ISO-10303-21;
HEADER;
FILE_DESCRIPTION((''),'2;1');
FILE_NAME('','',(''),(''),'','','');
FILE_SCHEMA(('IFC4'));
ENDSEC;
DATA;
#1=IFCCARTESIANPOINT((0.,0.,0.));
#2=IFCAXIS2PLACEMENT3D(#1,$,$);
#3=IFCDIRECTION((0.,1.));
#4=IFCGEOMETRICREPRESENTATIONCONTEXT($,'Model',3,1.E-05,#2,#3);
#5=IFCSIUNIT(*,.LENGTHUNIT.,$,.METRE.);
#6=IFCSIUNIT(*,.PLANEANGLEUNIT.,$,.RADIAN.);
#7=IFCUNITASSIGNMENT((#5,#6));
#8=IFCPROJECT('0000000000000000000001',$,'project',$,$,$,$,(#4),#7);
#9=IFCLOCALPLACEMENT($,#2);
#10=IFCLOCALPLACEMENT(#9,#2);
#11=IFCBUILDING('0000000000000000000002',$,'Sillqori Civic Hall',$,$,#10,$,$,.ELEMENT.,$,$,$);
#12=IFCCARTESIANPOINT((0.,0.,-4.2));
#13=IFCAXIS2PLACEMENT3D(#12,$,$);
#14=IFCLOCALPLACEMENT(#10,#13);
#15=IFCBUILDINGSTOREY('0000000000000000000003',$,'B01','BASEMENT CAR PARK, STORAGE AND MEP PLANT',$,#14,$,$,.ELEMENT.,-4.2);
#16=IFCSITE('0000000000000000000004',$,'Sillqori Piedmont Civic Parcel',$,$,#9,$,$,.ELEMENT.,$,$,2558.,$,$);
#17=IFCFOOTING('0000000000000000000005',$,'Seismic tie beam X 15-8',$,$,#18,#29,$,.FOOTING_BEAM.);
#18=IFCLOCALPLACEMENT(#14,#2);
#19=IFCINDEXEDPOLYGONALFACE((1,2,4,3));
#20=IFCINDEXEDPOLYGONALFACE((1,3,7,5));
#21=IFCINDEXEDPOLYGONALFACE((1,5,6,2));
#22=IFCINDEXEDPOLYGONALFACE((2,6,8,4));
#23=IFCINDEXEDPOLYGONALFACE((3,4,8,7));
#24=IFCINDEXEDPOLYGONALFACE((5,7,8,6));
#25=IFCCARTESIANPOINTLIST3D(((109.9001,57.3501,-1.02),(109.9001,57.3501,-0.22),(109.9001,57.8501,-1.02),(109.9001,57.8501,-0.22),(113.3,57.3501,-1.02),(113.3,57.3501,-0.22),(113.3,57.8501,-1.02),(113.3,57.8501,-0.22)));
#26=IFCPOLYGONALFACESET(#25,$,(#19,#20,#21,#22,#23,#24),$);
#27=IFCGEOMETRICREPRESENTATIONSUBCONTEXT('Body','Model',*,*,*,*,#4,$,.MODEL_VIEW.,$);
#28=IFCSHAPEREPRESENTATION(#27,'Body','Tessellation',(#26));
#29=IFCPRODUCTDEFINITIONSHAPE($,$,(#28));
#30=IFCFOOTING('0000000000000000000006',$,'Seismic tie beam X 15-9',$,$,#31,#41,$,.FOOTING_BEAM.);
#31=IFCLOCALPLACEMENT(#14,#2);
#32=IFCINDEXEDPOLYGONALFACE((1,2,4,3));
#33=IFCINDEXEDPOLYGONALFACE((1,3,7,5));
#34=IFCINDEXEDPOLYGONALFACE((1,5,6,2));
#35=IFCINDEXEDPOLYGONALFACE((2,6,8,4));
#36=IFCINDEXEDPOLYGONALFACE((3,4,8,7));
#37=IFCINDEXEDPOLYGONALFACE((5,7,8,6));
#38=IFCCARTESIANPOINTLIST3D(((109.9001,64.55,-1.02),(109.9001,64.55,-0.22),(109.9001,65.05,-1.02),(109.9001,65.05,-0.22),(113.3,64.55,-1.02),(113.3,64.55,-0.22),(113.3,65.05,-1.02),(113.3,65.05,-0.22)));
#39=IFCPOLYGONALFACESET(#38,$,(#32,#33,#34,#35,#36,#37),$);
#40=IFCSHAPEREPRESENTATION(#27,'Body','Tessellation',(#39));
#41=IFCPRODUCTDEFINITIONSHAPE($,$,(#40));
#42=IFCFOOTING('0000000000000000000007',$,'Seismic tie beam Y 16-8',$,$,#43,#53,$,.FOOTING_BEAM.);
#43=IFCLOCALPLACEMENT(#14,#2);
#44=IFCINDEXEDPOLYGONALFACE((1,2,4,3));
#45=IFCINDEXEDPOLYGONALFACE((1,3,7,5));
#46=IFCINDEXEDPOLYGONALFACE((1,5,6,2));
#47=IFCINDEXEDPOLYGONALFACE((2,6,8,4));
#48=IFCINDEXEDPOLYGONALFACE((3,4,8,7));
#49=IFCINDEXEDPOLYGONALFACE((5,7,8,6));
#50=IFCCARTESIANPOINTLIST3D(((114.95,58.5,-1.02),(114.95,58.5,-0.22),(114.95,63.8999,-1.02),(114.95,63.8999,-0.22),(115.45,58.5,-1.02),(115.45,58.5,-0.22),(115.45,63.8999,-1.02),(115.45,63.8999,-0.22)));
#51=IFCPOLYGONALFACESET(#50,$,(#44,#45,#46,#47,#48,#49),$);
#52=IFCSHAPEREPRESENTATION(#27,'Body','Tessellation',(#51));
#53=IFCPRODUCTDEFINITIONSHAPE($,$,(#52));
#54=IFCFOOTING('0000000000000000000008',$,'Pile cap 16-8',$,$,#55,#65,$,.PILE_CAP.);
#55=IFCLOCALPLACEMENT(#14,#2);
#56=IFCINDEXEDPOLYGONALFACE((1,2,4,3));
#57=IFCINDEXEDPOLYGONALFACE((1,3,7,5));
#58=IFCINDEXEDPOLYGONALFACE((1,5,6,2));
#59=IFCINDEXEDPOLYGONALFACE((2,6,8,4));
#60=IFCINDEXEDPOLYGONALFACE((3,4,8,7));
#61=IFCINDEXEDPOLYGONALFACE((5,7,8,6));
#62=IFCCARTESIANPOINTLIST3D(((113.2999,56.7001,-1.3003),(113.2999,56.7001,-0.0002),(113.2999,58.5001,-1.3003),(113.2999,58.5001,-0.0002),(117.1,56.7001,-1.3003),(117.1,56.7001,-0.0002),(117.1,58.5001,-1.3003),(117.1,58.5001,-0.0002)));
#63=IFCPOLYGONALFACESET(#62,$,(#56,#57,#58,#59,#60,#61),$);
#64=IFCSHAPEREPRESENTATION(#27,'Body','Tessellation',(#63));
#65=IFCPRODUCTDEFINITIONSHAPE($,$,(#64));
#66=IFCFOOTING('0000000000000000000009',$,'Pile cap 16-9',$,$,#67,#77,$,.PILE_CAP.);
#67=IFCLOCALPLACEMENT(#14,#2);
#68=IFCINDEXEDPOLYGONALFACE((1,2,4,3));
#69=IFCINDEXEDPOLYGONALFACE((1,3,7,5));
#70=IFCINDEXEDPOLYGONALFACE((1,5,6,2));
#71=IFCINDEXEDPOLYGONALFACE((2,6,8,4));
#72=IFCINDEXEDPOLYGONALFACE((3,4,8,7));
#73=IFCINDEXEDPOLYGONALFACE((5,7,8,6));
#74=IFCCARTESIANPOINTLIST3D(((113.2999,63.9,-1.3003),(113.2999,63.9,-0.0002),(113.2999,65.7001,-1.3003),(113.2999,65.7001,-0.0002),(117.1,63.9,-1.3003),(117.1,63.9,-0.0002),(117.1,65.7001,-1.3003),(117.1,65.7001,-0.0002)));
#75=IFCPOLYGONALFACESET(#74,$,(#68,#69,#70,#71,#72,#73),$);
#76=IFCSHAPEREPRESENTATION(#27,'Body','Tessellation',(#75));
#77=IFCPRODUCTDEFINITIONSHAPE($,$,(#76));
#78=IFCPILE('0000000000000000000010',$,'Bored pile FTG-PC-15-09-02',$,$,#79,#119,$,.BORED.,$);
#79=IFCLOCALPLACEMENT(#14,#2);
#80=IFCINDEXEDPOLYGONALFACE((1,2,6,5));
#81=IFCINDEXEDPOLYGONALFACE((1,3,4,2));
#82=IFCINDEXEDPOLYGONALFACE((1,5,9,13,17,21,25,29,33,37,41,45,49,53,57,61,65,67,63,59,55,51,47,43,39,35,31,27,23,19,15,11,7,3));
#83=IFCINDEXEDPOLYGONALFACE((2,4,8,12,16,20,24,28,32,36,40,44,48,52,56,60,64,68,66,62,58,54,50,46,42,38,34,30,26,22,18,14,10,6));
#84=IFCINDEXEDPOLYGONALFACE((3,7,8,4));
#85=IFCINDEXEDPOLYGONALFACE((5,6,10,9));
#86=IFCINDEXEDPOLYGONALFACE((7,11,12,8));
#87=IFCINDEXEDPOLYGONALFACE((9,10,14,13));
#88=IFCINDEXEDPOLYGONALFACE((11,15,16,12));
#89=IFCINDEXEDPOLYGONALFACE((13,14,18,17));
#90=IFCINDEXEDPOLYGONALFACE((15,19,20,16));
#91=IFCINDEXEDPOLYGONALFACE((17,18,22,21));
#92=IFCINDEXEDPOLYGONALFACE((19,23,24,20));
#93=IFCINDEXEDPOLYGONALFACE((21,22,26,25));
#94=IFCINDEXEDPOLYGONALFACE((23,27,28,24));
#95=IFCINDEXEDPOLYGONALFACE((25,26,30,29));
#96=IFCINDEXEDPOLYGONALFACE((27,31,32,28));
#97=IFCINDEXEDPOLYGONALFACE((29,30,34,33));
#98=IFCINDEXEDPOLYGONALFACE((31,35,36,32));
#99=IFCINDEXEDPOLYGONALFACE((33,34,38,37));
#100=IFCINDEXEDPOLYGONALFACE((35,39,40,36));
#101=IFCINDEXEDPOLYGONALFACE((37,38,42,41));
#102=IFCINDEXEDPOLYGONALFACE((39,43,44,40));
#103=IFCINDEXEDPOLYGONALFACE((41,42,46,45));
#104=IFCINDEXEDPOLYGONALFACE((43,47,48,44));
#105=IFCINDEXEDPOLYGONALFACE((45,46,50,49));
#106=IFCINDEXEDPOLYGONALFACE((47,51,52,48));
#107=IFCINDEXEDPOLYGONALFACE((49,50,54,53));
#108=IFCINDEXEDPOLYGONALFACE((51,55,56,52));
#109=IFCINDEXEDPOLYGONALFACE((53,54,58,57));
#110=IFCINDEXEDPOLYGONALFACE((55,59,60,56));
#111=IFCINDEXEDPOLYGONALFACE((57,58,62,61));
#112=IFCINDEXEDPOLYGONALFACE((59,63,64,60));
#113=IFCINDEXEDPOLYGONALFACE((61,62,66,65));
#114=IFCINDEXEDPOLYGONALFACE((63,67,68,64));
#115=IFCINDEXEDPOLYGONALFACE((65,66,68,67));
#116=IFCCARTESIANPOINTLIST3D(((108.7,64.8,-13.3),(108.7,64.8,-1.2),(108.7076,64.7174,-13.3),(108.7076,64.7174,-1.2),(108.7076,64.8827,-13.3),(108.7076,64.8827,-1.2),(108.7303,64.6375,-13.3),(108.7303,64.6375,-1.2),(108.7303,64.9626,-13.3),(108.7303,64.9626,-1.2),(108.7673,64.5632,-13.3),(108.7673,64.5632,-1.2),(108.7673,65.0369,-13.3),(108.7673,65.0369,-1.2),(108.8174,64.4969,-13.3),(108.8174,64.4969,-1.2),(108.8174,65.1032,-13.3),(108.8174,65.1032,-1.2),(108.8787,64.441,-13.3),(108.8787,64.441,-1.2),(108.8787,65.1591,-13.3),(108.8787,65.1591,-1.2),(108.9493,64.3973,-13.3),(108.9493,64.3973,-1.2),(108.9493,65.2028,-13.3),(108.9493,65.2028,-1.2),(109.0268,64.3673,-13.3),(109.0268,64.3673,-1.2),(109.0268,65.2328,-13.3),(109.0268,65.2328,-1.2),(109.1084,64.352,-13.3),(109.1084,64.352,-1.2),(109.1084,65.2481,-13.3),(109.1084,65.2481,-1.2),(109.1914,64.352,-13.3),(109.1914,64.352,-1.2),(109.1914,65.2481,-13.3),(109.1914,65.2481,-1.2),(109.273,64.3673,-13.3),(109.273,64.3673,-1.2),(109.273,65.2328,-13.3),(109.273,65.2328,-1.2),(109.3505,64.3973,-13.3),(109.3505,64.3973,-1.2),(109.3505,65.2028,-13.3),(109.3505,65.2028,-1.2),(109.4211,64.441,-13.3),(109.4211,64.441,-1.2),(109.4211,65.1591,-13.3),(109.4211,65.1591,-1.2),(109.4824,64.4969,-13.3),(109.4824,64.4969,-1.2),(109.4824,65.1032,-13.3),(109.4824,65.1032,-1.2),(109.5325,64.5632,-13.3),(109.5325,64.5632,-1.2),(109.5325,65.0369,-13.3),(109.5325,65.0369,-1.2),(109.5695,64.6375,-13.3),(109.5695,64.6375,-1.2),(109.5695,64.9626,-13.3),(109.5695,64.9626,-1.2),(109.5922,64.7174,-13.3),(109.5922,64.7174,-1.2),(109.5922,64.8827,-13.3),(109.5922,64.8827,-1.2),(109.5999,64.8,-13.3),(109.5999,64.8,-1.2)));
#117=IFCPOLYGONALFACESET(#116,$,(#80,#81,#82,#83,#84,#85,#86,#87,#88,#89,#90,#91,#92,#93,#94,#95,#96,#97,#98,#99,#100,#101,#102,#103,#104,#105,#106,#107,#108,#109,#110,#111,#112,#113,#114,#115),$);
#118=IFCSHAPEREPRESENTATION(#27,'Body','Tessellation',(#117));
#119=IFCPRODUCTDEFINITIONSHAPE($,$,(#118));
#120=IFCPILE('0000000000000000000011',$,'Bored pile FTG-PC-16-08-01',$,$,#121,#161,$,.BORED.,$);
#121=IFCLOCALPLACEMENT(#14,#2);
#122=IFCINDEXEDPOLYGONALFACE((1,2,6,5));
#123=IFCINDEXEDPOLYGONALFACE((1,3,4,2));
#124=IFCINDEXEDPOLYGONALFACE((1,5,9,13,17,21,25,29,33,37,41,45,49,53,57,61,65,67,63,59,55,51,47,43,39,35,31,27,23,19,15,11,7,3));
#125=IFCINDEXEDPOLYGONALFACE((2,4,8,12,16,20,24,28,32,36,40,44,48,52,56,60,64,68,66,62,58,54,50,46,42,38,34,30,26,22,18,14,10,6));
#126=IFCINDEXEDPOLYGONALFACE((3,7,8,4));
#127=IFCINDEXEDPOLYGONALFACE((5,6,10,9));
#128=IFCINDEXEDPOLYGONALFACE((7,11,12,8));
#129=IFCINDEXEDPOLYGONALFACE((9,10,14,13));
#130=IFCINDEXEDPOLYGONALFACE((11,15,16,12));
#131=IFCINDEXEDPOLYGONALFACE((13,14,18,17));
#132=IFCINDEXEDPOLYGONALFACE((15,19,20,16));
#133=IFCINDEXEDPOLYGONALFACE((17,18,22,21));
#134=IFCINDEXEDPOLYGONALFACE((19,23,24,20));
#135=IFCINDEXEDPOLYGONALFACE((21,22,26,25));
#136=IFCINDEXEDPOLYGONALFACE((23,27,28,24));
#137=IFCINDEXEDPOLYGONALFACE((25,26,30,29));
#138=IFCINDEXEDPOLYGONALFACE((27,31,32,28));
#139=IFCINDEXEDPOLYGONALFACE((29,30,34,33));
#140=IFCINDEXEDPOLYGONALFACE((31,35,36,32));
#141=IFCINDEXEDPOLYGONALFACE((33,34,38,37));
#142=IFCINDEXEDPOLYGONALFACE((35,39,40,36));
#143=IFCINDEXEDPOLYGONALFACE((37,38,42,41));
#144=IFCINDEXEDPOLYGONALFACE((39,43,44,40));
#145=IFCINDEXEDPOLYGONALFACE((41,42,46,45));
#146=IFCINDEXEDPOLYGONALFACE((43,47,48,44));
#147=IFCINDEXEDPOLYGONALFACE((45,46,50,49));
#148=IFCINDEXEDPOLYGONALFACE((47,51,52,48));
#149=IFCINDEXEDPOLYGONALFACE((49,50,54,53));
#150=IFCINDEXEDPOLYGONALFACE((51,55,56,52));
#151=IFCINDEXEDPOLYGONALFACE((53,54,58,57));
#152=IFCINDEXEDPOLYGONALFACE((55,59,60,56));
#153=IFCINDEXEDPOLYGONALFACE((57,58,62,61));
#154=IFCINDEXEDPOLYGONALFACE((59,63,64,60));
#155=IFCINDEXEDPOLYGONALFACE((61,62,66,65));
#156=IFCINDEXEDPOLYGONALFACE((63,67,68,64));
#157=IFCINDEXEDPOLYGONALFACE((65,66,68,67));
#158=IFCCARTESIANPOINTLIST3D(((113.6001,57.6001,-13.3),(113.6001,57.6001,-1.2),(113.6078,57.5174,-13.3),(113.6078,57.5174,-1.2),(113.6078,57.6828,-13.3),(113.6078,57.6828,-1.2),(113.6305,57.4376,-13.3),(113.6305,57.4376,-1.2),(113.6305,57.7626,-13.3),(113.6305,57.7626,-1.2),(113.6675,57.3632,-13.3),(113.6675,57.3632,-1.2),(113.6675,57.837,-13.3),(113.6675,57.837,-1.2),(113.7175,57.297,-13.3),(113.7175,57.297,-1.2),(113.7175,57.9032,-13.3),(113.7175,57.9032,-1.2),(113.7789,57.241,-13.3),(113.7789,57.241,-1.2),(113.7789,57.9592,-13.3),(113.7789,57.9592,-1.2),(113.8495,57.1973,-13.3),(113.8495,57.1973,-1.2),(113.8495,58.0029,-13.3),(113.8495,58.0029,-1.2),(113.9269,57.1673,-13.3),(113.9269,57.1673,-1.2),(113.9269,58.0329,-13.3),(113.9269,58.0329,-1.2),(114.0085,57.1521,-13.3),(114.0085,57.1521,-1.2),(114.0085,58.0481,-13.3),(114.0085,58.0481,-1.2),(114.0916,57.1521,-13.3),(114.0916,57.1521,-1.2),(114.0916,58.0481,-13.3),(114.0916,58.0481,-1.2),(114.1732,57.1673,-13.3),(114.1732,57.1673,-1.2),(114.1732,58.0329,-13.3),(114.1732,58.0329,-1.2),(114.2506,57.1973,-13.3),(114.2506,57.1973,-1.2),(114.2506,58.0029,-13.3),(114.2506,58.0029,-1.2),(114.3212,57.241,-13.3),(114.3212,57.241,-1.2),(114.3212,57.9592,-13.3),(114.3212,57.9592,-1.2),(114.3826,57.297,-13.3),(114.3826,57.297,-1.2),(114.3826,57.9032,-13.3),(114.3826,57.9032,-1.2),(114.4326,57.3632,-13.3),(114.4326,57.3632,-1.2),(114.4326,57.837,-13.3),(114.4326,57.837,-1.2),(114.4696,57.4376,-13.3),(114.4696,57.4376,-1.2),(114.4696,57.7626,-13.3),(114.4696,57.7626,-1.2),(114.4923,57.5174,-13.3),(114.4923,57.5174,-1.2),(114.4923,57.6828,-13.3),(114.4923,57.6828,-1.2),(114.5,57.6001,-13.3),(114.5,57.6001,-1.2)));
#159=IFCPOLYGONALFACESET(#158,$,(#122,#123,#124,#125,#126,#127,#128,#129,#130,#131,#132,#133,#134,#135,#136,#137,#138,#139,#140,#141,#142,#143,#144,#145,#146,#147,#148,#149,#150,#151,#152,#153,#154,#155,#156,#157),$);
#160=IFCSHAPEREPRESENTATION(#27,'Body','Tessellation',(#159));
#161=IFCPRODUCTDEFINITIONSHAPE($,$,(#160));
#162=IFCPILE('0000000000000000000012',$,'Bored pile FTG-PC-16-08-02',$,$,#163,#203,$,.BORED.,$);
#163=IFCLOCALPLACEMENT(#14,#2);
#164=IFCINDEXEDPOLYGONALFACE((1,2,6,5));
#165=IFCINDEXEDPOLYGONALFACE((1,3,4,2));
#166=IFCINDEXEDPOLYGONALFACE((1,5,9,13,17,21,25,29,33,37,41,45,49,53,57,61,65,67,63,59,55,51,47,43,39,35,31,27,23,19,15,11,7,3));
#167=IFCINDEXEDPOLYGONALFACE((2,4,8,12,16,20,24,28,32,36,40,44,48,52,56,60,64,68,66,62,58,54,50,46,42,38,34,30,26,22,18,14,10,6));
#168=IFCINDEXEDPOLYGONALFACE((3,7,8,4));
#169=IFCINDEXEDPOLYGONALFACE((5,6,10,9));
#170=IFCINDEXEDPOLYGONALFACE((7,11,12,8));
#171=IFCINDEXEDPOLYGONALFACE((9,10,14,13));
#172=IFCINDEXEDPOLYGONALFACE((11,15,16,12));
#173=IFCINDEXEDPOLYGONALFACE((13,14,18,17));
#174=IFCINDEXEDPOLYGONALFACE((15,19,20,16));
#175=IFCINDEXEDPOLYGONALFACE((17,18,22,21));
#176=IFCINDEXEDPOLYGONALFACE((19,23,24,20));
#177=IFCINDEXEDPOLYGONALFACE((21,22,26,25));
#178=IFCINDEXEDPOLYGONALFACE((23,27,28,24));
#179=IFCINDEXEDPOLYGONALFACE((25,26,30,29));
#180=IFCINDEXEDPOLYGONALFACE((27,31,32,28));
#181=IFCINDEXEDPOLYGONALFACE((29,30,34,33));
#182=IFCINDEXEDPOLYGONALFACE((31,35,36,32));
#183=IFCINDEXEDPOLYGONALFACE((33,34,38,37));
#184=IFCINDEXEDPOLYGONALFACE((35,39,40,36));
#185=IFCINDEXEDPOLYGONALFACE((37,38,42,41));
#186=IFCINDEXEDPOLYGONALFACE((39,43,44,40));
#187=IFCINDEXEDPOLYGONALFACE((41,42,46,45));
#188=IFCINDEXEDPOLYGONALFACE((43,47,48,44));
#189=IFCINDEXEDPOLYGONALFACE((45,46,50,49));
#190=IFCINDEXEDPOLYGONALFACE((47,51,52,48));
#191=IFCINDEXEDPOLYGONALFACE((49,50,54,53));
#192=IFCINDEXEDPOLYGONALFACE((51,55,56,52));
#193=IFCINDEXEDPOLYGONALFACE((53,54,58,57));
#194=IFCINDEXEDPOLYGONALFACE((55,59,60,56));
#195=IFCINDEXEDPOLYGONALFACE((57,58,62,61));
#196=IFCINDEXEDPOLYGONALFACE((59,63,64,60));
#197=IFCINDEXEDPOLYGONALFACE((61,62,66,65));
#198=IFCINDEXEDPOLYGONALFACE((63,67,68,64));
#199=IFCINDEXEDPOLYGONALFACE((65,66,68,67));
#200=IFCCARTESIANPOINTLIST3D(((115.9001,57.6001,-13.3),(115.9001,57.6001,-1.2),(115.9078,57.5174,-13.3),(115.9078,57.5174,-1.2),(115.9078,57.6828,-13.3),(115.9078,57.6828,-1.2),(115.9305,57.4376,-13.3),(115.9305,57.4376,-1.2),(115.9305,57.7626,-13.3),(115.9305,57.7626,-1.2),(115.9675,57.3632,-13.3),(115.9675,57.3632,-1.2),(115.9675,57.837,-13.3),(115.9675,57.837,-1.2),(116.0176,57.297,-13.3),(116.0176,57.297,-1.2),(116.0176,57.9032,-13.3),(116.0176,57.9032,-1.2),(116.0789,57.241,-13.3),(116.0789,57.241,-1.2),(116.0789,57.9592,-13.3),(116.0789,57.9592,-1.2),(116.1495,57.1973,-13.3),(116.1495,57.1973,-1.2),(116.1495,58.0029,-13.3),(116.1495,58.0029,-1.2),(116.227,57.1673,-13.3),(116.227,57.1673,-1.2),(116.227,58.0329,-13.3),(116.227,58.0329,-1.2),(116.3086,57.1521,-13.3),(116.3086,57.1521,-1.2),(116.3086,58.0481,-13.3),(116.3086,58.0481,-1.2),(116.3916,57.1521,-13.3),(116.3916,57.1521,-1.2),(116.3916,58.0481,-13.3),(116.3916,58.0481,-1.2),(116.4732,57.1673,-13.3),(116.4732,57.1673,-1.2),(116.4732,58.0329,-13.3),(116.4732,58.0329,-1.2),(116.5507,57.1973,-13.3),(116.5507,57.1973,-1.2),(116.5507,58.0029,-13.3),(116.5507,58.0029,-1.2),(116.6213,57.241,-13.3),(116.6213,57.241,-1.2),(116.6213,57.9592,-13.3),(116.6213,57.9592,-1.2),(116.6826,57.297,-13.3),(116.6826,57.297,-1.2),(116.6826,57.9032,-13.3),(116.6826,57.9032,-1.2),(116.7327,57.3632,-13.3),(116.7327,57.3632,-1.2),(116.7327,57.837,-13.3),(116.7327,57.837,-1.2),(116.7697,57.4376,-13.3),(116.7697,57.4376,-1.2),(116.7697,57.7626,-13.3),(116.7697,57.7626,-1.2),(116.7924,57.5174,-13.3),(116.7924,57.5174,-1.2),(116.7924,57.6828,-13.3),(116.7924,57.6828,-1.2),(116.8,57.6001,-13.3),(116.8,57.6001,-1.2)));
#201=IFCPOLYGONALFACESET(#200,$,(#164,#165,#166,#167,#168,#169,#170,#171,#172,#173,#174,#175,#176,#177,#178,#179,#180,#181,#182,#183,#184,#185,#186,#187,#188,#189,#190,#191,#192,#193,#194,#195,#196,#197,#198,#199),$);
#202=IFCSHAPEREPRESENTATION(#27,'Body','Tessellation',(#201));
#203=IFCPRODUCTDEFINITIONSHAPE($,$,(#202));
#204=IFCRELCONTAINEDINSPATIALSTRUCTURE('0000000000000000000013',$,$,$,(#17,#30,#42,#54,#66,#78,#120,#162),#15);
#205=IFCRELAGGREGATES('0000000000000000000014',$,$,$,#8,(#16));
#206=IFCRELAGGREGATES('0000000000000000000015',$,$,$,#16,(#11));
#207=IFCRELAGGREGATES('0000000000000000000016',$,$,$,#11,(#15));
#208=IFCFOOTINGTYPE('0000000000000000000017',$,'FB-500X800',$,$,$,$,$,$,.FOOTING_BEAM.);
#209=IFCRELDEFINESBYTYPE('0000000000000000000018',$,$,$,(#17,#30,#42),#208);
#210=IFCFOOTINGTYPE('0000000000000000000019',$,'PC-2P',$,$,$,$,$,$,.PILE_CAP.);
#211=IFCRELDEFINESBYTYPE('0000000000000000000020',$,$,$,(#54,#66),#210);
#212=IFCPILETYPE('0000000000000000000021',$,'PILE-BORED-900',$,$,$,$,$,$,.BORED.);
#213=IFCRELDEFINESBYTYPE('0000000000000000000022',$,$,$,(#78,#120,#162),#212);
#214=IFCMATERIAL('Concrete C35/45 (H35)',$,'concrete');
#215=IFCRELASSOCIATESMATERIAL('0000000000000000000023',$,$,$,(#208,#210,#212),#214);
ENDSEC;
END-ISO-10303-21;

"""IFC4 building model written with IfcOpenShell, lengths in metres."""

from ifc_helpers import new_model, si_unit, direction, frame, origin, origin_2d, place, context, subcontext, project, spatial, rectangle, circle, extrude, material, material_profile, profile_set, type_object, element, save


model = new_model("IFC4")

# Units and contexts
model_context = context("Model", 3, precision=1e-05, world=origin(), true_north=direction((0.0, 1.0)))
body_context = subcontext(model_context, "Body", "Model", "MODEL_VIEW")
ifc_project = project(units=[si_unit("LENGTHUNIT", "METRE"), si_unit("PLANEANGLEUNIT", "RADIAN")], contexts=[model_context])

# Site, building, storey
site_placement = place(None, origin())
site = spatial("IfcSite", under=ifc_project, at=site_placement, Name="Sillqori Piedmont Civic Parcel", CompositionType="ELEMENT", RefElevation=2558.0)
building_placement = place(site_placement, origin())
building = spatial("IfcBuilding", under=site, at=building_placement, Name="Sillqori Civic Hall", CompositionType="ELEMENT")
storey_placement = place(building_placement, frame((0.0, 0.0, -4.2)))
storey = spatial("IfcBuildingStorey", under=building, at=storey_placement, Name="B01", Description="BASEMENT CAR PARK, STORAGE AND MEP PLANT", CompositionType="ELEMENT", Elevation=-4.2)

# Footings
ifc_material_1 = material(Name="Concrete C35/45 (H35)", Category="concrete")
footing_type_1 = type_object("IfcFootingType", Name="FB-500X800", PredefinedType="FOOTING_BEAM", material=ifc_material_1)
for number, where, z_axis, x_axis, name in (
    (1, (111.6001, 57.6001, -1.02), (0.0, 0.0, 1.0), (1.0, 0.0, 0.0), "Seismic tie beam X 15-8"),
    (2, (111.6001, 64.8, -1.02), (0.0, 0.0, 1.0), (1.0, 0.0, 0.0), "Seismic tie beam X 15-9"),
):
    element("IfcFooting", number, at=place(storey_placement, frame(where, z_axis=z_axis, x_axis=x_axis)), inside=storey, type_object=footing_type_1, Name=name, PredefinedType="FOOTING_BEAM", context=body_context, shape_type="SweptSolid", body=[
        extrude(rectangle(XDim=3.3999, YDim=0.5, at=origin_2d()), origin(), (0.0, 0.0, 1.0), 0.8),
    ])
footing_placement = place(storey_placement, frame((115.2, 61.2, -1.02), z_axis=(0.0, 0.0, 1.0), x_axis=(1.0, 0.0, 0.0)))
element("IfcFooting", 3, at=footing_placement, inside=storey, type_object=footing_type_1, Name="Seismic tie beam Y 16-8", PredefinedType="FOOTING_BEAM", context=body_context, shape_type="SweptSolid", body=[
    extrude(rectangle(XDim=0.5, YDim=5.3999, at=origin_2d()), origin(), (0.0, 0.0, 1.0), 0.8),
])
footing_type_2 = type_object("IfcFootingType", Name="PC-2P", PredefinedType="PILE_CAP", material=ifc_material_1)
for number, where, z_axis, x_axis, name in (
    (4, (115.2, 57.6001, -1.3003), (0.0, 0.0, 1.0), (1.0, 0.0, 0.0), "Pile cap 16-8"),
    (5, (115.2, 64.8, -1.3003), (0.0, 0.0, 1.0), (1.0, 0.0, 0.0), "Pile cap 16-9"),
):
    element("IfcFooting", number, at=place(storey_placement, frame(where, z_axis=z_axis, x_axis=x_axis)), inside=storey, type_object=footing_type_2, Name=name, PredefinedType="PILE_CAP", context=body_context, shape_type="SweptSolid", body=[
        extrude(rectangle(XDim=3.8, YDim=1.8, at=origin_2d()), origin(), (0.0, 0.0, 1.0), 1.3),
    ])

# Piles
ifc_material_profile_1 = material_profile(ifc_material_1, circle(Radius=0.45, at=origin_2d()), Name="BORED PILE 900")
ifc_profile_set_1 = profile_set([ifc_material_profile_1], Name="Concrete C35/45 (H35)")
pile_type = type_object("IfcPileType", Name="PILE-BORED-900", PredefinedType="BORED", material=ifc_profile_set_1)
for number, where, z_axis, x_axis, name in (
    (6, (109.1499, 64.8, -1.2), (0.0, 0.0, -1.0), (1.0, 0.0, 0.0), "Bored pile FTG-PC-15-09-02"),
    (7, (114.05, 57.6001, -1.2), (0.0, 0.0, -1.0), (1.0, 0.0, 0.0), "Bored pile FTG-PC-16-08-01"),
    (8, (116.3501, 57.6001, -1.2), (0.0, 0.0, -1.0), (1.0, 0.0, 0.0), "Bored pile FTG-PC-16-08-02"),
):
    element("IfcPile", number, at=place(storey_placement, frame(where, z_axis=z_axis, x_axis=x_axis)), inside=storey, type_object=pile_type, Name=name, PredefinedType="BORED", context=body_context, shape_type="SweptSolid", body=[
        extrude(circle(Radius=0.45, at=origin_2d()), origin(), (0.0, 0.0, 1.0), 12.1001),
    ])

save(model, "model.ifc")
